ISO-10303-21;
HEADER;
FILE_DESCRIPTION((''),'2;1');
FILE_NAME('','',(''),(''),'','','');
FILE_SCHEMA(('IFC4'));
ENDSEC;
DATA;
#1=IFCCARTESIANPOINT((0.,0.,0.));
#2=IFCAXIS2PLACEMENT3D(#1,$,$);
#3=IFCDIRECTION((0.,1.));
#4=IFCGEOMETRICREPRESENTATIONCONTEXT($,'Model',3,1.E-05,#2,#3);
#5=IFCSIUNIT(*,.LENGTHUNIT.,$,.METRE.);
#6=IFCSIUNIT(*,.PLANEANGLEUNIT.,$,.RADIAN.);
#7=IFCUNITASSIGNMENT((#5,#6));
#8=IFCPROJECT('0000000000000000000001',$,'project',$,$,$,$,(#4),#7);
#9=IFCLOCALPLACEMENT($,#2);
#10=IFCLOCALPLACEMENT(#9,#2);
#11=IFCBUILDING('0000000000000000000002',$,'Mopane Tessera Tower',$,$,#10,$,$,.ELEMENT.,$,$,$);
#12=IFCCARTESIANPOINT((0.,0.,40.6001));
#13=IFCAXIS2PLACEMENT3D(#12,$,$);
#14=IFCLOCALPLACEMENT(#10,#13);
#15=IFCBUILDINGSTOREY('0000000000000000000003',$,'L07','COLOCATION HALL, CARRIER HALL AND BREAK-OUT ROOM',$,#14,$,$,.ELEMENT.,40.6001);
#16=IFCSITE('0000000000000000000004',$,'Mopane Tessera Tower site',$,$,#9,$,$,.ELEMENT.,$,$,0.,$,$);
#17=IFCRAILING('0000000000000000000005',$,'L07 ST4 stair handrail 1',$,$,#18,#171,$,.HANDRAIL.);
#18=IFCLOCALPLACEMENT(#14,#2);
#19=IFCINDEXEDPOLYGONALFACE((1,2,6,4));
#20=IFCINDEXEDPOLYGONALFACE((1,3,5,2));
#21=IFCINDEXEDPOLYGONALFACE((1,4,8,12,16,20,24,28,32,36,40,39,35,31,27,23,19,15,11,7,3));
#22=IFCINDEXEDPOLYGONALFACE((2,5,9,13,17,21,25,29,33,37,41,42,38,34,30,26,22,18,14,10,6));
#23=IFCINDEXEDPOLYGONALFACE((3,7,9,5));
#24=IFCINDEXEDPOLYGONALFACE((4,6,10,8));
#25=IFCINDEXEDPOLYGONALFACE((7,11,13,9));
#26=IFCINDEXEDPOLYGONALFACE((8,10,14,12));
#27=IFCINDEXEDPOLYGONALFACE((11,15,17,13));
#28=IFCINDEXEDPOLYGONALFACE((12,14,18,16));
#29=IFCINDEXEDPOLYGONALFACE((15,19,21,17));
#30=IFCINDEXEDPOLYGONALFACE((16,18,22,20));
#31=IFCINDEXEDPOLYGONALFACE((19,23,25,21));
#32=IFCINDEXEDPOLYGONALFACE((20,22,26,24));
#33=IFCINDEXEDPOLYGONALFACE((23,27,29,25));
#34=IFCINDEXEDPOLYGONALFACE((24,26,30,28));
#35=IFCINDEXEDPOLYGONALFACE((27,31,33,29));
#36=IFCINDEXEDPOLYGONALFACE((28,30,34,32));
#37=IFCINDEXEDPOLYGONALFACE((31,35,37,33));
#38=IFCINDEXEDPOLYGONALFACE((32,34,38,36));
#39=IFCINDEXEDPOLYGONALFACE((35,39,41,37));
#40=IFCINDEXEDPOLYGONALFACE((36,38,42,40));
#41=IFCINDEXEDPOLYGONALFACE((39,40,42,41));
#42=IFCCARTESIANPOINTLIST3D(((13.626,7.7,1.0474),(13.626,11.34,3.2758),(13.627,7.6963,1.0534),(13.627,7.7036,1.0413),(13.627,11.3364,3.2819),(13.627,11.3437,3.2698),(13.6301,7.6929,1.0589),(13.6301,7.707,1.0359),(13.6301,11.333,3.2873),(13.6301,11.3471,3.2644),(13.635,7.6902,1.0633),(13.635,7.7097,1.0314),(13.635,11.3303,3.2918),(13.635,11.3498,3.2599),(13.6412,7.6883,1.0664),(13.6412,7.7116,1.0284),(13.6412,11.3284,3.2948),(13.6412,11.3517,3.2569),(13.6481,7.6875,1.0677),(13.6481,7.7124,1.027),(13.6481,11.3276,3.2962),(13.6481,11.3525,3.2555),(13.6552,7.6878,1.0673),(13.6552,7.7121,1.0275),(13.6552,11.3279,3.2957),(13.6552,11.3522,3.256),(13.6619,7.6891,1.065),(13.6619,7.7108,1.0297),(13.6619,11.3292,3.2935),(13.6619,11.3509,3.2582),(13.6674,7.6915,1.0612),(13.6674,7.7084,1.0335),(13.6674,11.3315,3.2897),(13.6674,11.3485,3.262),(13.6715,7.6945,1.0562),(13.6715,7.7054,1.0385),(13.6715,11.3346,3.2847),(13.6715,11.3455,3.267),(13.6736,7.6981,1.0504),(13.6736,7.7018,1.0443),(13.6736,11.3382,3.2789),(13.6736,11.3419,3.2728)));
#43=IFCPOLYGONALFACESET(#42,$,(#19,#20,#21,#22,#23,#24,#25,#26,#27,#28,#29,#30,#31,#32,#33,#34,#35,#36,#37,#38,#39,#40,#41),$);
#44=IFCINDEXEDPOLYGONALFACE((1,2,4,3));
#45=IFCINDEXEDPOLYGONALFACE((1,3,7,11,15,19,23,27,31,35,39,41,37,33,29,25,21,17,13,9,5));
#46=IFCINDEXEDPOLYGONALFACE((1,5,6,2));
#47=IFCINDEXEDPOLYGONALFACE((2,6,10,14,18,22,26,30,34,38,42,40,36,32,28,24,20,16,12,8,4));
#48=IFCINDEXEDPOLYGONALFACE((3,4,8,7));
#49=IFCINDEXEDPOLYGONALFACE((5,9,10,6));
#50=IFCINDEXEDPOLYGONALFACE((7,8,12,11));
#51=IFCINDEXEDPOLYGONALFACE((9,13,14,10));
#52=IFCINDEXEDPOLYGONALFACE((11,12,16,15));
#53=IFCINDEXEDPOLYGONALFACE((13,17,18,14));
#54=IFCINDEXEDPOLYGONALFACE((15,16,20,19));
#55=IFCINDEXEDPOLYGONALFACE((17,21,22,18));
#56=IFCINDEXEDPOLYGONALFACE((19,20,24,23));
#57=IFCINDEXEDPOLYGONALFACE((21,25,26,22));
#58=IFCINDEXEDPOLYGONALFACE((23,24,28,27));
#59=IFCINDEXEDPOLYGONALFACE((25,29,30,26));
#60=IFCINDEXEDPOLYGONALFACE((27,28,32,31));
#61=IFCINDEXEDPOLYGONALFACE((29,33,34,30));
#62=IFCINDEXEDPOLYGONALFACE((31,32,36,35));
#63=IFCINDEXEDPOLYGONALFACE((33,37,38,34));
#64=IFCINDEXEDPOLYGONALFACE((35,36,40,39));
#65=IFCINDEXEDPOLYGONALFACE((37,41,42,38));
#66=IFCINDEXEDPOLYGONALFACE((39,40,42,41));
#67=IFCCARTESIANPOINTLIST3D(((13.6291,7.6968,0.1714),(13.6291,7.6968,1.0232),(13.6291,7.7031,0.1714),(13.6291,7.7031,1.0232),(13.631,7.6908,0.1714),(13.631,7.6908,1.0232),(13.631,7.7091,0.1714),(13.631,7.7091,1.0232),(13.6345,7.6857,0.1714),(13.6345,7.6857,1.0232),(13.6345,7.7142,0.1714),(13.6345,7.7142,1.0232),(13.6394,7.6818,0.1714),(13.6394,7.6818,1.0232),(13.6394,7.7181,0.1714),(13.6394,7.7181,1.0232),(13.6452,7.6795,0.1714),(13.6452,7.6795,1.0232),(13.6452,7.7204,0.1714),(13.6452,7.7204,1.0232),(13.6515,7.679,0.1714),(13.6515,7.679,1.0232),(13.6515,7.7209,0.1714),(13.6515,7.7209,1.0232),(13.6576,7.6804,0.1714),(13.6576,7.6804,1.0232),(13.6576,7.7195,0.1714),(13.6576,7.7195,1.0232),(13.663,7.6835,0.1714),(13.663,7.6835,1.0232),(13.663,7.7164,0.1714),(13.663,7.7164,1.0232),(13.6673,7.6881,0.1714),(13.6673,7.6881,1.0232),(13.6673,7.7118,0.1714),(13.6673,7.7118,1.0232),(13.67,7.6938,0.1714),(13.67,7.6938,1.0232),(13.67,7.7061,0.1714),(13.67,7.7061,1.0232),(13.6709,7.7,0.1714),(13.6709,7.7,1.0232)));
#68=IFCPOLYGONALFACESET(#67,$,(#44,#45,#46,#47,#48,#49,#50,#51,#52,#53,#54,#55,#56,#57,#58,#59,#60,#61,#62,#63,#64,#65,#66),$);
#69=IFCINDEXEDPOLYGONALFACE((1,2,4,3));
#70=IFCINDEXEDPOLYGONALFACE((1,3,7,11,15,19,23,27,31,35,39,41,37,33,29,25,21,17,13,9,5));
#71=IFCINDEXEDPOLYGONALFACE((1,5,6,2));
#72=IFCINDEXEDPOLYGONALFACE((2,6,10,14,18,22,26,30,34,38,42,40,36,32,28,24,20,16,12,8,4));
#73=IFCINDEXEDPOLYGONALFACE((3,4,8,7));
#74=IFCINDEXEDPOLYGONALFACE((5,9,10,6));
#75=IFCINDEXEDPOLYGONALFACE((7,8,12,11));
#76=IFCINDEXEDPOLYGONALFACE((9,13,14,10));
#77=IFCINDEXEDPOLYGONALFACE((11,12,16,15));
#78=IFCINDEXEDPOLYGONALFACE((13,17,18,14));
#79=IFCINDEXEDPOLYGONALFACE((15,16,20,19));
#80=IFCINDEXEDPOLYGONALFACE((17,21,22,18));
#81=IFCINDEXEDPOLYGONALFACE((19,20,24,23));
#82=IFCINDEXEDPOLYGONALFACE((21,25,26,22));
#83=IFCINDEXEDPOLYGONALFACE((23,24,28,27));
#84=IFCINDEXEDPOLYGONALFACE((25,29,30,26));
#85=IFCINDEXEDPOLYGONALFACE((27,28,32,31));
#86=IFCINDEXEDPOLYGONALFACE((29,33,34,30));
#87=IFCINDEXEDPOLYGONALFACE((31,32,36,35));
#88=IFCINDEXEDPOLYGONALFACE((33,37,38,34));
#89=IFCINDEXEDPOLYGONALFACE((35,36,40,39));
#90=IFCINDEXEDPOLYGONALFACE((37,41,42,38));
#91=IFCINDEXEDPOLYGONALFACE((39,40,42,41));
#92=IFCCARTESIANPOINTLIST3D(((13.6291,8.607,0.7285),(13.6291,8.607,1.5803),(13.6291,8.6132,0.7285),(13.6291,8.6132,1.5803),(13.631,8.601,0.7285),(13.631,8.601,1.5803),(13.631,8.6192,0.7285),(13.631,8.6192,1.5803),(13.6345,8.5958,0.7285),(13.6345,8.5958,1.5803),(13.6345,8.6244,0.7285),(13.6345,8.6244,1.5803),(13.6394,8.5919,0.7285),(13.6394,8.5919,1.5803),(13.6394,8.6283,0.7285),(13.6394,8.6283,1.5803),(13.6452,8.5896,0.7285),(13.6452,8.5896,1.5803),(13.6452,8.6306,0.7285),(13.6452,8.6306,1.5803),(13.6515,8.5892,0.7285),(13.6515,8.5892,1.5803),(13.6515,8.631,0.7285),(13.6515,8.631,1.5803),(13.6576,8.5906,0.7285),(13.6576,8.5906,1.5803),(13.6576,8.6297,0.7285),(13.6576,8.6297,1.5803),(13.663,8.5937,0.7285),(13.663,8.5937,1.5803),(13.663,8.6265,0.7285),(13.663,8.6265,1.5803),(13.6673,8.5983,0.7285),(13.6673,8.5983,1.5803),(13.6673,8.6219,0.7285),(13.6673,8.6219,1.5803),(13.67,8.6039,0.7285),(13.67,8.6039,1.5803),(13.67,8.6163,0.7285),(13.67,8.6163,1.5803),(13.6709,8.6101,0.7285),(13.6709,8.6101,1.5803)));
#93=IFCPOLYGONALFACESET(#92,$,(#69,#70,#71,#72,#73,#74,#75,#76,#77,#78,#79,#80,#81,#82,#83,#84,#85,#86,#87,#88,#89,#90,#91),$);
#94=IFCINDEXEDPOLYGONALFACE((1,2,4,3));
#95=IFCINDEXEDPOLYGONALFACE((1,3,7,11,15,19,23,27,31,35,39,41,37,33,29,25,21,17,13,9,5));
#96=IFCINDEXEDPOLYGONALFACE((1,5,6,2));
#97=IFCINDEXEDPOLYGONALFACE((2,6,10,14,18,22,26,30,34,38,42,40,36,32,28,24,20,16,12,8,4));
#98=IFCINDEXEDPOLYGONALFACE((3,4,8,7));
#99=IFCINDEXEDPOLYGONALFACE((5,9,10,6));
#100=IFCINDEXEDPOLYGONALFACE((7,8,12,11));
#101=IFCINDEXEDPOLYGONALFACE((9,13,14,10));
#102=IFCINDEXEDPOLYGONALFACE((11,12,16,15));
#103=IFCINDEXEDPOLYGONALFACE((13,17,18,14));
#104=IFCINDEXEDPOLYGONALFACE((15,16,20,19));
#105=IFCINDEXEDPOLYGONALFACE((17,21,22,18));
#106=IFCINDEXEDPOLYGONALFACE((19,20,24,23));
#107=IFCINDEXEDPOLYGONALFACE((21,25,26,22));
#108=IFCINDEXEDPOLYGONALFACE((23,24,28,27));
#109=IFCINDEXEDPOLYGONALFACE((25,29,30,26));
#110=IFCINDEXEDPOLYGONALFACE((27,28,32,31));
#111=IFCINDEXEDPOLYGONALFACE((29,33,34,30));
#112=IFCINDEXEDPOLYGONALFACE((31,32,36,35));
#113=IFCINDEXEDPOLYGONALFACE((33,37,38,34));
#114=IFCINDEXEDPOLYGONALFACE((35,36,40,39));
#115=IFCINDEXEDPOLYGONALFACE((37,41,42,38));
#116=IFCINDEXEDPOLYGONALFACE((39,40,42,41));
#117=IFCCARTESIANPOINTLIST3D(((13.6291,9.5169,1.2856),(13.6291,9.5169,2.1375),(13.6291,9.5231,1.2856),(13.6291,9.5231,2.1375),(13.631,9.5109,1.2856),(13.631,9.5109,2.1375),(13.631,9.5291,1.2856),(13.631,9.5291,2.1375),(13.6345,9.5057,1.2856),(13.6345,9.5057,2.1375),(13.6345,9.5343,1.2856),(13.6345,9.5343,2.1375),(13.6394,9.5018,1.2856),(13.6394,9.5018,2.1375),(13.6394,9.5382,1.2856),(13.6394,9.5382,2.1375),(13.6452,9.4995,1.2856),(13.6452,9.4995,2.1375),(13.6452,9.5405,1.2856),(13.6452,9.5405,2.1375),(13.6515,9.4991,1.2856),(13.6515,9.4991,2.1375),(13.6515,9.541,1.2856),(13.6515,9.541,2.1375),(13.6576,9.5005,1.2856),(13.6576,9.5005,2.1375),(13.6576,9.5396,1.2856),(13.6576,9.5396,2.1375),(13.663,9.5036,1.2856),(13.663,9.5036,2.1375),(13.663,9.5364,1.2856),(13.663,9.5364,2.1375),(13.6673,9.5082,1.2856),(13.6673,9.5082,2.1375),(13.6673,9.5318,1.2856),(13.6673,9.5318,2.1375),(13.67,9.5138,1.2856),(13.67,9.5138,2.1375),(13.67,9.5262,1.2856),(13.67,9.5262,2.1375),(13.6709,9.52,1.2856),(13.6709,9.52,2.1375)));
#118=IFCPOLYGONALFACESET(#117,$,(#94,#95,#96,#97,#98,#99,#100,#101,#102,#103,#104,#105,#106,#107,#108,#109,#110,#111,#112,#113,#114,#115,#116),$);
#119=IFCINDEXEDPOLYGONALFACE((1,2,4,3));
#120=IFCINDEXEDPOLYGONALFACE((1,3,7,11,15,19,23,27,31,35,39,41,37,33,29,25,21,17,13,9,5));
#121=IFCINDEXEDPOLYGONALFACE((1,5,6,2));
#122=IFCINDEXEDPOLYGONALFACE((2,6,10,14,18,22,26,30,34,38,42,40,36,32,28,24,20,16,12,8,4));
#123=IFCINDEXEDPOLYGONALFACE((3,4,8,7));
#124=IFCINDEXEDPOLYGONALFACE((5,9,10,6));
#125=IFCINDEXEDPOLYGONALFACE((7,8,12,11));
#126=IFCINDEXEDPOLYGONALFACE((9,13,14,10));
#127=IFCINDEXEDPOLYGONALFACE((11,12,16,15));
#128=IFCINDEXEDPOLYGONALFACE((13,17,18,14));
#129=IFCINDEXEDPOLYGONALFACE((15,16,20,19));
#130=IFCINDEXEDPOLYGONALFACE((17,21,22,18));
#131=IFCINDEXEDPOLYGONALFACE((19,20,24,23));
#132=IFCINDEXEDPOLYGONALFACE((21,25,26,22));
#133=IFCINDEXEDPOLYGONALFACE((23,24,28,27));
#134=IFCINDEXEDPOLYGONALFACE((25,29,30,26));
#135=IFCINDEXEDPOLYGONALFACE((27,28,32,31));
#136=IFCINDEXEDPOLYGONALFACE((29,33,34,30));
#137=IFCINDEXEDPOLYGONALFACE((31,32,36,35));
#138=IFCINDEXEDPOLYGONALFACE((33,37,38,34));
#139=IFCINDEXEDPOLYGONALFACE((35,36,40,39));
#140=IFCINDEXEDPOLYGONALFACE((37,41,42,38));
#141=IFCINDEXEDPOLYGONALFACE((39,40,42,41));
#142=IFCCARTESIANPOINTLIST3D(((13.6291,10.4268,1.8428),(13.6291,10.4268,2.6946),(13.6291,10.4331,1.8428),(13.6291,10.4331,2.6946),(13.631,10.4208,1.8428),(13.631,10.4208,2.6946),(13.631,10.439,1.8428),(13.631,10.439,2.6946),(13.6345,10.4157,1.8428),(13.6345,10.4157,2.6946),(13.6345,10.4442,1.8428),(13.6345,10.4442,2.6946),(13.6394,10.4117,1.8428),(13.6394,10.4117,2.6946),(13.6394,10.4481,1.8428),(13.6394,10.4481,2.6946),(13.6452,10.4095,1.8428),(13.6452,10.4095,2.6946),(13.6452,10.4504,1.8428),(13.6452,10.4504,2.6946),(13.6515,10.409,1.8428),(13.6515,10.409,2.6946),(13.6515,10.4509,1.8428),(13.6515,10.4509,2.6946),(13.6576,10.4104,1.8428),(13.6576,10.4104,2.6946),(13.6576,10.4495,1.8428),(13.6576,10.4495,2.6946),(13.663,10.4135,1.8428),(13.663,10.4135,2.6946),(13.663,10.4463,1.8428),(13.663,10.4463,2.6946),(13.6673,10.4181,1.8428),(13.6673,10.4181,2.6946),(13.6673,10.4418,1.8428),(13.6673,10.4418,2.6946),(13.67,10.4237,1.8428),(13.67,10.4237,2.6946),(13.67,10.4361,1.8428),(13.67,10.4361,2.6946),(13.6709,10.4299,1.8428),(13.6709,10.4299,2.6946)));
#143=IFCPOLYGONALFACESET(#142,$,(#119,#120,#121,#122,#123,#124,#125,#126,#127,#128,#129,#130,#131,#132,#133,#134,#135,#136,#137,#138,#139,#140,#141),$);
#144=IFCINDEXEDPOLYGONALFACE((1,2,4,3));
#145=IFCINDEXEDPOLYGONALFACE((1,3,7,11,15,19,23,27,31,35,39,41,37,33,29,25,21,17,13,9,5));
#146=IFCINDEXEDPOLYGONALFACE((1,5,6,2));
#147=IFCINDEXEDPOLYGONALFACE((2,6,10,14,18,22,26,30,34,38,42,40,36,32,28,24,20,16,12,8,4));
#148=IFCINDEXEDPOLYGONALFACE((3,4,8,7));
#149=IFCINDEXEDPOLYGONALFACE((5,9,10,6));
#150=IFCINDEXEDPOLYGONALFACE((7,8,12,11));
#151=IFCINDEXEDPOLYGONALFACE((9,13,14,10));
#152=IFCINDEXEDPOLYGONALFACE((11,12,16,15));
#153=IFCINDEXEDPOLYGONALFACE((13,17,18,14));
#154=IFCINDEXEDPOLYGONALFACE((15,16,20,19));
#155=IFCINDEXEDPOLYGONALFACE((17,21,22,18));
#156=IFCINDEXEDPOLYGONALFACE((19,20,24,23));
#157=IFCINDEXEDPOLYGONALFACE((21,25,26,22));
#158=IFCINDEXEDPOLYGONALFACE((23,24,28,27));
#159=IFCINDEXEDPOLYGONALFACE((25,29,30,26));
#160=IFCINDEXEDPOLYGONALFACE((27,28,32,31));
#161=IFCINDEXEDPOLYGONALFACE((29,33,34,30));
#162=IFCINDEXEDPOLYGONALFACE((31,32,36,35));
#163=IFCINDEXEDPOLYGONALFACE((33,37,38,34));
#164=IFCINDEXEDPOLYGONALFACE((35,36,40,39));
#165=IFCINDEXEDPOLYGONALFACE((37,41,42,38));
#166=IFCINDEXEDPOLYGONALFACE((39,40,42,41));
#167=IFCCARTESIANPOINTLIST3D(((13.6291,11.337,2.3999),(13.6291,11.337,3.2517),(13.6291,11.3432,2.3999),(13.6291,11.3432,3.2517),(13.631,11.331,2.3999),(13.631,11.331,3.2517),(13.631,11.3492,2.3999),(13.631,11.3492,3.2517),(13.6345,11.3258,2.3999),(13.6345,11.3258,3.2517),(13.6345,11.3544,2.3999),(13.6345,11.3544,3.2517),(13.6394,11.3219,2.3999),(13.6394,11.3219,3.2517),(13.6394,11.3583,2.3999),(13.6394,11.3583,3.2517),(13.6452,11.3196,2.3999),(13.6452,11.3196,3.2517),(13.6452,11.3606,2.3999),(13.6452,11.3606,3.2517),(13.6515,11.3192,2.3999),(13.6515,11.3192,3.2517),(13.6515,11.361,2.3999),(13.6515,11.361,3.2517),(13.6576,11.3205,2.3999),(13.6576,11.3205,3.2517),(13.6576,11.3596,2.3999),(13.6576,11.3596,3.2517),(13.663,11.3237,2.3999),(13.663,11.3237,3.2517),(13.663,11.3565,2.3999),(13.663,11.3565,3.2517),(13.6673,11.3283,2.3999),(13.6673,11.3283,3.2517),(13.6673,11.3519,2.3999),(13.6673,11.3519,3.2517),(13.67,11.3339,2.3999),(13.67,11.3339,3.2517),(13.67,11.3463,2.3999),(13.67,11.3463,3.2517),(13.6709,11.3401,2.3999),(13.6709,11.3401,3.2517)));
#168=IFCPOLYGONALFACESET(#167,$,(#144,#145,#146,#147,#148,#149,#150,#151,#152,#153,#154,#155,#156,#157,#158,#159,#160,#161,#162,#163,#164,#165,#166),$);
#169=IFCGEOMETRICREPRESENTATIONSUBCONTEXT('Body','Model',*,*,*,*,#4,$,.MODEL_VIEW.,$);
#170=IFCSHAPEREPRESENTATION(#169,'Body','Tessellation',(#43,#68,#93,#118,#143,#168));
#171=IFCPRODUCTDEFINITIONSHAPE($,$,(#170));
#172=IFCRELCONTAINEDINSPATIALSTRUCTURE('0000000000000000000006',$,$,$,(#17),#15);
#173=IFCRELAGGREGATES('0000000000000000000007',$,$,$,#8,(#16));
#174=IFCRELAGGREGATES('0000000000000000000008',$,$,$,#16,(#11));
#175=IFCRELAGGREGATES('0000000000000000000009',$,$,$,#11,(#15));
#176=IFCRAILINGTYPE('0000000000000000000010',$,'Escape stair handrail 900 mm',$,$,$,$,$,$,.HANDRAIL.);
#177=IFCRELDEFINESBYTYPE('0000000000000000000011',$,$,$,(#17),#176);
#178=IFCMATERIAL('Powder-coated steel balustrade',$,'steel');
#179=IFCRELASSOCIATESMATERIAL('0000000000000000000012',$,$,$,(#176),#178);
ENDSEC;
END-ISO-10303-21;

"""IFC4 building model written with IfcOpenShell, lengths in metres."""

from ifc_helpers import new_model, si_unit, direction, frame, origin, origin_2d, place, context, subcontext, project, spatial, circle, extrude, material, type_object, element, save


model = new_model("IFC4")

# Units and contexts
model_context = context("Model", 3, precision=1e-05, world=origin(), true_north=direction((0.0, 1.0)))
body_context = subcontext(model_context, "Body", "Model", "MODEL_VIEW")
ifc_project = project(units=[si_unit("LENGTHUNIT", "METRE"), si_unit("PLANEANGLEUNIT", "RADIAN")], contexts=[model_context])

# Site, building, storey
site_placement = place(None, origin())
site = spatial("IfcSite", under=ifc_project, at=site_placement, Name="Mopane Tessera Tower site", CompositionType="ELEMENT", RefElevation=0.0)
building_placement = place(site_placement, origin())
building = spatial("IfcBuilding", under=site, at=building_placement, Name="Mopane Tessera Tower", CompositionType="ELEMENT")
storey_placement = place(building_placement, frame((0.0, 0.0, 40.6001)))
storey = spatial("IfcBuildingStorey", under=building, at=storey_placement, Name="L07", Description="COLOCATION HALL, CARRIER HALL AND BREAK-OUT ROOM", CompositionType="ELEMENT", Elevation=40.6001)

# Railing
ifc_material_1 = material(Name="Powder-coated steel balustrade", Category="steel")
railing_type_1 = type_object("IfcRailingType", Name="Escape stair handrail 900 mm", PredefinedType="HANDRAIL", material=ifc_material_1)
railing_1_placement = place(storey_placement, frame((13.6499, 7.7, 0.1714)))
element("IfcRailing", 1, at=railing_1_placement, inside=storey, type_object=railing_type_1, Name="L07 ST4 stair handrail 1", PredefinedType="HANDRAIL", context=body_context, shape_type="SweptSolid", body=[
    extrude(circle(Radius=0.0239, at=origin_2d()), frame((0.0, 0.0, 0.876), z_axis=(0.0, 0.852866, 0.52213), x_axis=(-1.0, 0.0, 0.0)), (0.0, 0.0, 1.0), 4.2681),
    extrude(circle(Radius=0.021, at=origin_2d()), origin(), (0.0, 0.0, 1.0), 0.8518),
    extrude(circle(Radius=0.021, at=origin_2d()), frame((0.0, 0.9102, 0.5571)), (0.0, 0.0, 1.0), 0.8518),
    extrude(circle(Radius=0.021, at=origin_2d()), frame((0.0, 1.8201, 1.1143)), (0.0, 0.0, 1.0), 0.8518),
    extrude(circle(Radius=0.021, at=origin_2d()), frame((0.0, 2.73, 1.6714)), (0.0, 0.0, 1.0), 0.8518),
    extrude(circle(Radius=0.021, at=origin_2d()), frame((0.0, 3.6401, 2.2285)), (0.0, 0.0, 1.0), 0.8518),
])

save(model, "model.ifc")
